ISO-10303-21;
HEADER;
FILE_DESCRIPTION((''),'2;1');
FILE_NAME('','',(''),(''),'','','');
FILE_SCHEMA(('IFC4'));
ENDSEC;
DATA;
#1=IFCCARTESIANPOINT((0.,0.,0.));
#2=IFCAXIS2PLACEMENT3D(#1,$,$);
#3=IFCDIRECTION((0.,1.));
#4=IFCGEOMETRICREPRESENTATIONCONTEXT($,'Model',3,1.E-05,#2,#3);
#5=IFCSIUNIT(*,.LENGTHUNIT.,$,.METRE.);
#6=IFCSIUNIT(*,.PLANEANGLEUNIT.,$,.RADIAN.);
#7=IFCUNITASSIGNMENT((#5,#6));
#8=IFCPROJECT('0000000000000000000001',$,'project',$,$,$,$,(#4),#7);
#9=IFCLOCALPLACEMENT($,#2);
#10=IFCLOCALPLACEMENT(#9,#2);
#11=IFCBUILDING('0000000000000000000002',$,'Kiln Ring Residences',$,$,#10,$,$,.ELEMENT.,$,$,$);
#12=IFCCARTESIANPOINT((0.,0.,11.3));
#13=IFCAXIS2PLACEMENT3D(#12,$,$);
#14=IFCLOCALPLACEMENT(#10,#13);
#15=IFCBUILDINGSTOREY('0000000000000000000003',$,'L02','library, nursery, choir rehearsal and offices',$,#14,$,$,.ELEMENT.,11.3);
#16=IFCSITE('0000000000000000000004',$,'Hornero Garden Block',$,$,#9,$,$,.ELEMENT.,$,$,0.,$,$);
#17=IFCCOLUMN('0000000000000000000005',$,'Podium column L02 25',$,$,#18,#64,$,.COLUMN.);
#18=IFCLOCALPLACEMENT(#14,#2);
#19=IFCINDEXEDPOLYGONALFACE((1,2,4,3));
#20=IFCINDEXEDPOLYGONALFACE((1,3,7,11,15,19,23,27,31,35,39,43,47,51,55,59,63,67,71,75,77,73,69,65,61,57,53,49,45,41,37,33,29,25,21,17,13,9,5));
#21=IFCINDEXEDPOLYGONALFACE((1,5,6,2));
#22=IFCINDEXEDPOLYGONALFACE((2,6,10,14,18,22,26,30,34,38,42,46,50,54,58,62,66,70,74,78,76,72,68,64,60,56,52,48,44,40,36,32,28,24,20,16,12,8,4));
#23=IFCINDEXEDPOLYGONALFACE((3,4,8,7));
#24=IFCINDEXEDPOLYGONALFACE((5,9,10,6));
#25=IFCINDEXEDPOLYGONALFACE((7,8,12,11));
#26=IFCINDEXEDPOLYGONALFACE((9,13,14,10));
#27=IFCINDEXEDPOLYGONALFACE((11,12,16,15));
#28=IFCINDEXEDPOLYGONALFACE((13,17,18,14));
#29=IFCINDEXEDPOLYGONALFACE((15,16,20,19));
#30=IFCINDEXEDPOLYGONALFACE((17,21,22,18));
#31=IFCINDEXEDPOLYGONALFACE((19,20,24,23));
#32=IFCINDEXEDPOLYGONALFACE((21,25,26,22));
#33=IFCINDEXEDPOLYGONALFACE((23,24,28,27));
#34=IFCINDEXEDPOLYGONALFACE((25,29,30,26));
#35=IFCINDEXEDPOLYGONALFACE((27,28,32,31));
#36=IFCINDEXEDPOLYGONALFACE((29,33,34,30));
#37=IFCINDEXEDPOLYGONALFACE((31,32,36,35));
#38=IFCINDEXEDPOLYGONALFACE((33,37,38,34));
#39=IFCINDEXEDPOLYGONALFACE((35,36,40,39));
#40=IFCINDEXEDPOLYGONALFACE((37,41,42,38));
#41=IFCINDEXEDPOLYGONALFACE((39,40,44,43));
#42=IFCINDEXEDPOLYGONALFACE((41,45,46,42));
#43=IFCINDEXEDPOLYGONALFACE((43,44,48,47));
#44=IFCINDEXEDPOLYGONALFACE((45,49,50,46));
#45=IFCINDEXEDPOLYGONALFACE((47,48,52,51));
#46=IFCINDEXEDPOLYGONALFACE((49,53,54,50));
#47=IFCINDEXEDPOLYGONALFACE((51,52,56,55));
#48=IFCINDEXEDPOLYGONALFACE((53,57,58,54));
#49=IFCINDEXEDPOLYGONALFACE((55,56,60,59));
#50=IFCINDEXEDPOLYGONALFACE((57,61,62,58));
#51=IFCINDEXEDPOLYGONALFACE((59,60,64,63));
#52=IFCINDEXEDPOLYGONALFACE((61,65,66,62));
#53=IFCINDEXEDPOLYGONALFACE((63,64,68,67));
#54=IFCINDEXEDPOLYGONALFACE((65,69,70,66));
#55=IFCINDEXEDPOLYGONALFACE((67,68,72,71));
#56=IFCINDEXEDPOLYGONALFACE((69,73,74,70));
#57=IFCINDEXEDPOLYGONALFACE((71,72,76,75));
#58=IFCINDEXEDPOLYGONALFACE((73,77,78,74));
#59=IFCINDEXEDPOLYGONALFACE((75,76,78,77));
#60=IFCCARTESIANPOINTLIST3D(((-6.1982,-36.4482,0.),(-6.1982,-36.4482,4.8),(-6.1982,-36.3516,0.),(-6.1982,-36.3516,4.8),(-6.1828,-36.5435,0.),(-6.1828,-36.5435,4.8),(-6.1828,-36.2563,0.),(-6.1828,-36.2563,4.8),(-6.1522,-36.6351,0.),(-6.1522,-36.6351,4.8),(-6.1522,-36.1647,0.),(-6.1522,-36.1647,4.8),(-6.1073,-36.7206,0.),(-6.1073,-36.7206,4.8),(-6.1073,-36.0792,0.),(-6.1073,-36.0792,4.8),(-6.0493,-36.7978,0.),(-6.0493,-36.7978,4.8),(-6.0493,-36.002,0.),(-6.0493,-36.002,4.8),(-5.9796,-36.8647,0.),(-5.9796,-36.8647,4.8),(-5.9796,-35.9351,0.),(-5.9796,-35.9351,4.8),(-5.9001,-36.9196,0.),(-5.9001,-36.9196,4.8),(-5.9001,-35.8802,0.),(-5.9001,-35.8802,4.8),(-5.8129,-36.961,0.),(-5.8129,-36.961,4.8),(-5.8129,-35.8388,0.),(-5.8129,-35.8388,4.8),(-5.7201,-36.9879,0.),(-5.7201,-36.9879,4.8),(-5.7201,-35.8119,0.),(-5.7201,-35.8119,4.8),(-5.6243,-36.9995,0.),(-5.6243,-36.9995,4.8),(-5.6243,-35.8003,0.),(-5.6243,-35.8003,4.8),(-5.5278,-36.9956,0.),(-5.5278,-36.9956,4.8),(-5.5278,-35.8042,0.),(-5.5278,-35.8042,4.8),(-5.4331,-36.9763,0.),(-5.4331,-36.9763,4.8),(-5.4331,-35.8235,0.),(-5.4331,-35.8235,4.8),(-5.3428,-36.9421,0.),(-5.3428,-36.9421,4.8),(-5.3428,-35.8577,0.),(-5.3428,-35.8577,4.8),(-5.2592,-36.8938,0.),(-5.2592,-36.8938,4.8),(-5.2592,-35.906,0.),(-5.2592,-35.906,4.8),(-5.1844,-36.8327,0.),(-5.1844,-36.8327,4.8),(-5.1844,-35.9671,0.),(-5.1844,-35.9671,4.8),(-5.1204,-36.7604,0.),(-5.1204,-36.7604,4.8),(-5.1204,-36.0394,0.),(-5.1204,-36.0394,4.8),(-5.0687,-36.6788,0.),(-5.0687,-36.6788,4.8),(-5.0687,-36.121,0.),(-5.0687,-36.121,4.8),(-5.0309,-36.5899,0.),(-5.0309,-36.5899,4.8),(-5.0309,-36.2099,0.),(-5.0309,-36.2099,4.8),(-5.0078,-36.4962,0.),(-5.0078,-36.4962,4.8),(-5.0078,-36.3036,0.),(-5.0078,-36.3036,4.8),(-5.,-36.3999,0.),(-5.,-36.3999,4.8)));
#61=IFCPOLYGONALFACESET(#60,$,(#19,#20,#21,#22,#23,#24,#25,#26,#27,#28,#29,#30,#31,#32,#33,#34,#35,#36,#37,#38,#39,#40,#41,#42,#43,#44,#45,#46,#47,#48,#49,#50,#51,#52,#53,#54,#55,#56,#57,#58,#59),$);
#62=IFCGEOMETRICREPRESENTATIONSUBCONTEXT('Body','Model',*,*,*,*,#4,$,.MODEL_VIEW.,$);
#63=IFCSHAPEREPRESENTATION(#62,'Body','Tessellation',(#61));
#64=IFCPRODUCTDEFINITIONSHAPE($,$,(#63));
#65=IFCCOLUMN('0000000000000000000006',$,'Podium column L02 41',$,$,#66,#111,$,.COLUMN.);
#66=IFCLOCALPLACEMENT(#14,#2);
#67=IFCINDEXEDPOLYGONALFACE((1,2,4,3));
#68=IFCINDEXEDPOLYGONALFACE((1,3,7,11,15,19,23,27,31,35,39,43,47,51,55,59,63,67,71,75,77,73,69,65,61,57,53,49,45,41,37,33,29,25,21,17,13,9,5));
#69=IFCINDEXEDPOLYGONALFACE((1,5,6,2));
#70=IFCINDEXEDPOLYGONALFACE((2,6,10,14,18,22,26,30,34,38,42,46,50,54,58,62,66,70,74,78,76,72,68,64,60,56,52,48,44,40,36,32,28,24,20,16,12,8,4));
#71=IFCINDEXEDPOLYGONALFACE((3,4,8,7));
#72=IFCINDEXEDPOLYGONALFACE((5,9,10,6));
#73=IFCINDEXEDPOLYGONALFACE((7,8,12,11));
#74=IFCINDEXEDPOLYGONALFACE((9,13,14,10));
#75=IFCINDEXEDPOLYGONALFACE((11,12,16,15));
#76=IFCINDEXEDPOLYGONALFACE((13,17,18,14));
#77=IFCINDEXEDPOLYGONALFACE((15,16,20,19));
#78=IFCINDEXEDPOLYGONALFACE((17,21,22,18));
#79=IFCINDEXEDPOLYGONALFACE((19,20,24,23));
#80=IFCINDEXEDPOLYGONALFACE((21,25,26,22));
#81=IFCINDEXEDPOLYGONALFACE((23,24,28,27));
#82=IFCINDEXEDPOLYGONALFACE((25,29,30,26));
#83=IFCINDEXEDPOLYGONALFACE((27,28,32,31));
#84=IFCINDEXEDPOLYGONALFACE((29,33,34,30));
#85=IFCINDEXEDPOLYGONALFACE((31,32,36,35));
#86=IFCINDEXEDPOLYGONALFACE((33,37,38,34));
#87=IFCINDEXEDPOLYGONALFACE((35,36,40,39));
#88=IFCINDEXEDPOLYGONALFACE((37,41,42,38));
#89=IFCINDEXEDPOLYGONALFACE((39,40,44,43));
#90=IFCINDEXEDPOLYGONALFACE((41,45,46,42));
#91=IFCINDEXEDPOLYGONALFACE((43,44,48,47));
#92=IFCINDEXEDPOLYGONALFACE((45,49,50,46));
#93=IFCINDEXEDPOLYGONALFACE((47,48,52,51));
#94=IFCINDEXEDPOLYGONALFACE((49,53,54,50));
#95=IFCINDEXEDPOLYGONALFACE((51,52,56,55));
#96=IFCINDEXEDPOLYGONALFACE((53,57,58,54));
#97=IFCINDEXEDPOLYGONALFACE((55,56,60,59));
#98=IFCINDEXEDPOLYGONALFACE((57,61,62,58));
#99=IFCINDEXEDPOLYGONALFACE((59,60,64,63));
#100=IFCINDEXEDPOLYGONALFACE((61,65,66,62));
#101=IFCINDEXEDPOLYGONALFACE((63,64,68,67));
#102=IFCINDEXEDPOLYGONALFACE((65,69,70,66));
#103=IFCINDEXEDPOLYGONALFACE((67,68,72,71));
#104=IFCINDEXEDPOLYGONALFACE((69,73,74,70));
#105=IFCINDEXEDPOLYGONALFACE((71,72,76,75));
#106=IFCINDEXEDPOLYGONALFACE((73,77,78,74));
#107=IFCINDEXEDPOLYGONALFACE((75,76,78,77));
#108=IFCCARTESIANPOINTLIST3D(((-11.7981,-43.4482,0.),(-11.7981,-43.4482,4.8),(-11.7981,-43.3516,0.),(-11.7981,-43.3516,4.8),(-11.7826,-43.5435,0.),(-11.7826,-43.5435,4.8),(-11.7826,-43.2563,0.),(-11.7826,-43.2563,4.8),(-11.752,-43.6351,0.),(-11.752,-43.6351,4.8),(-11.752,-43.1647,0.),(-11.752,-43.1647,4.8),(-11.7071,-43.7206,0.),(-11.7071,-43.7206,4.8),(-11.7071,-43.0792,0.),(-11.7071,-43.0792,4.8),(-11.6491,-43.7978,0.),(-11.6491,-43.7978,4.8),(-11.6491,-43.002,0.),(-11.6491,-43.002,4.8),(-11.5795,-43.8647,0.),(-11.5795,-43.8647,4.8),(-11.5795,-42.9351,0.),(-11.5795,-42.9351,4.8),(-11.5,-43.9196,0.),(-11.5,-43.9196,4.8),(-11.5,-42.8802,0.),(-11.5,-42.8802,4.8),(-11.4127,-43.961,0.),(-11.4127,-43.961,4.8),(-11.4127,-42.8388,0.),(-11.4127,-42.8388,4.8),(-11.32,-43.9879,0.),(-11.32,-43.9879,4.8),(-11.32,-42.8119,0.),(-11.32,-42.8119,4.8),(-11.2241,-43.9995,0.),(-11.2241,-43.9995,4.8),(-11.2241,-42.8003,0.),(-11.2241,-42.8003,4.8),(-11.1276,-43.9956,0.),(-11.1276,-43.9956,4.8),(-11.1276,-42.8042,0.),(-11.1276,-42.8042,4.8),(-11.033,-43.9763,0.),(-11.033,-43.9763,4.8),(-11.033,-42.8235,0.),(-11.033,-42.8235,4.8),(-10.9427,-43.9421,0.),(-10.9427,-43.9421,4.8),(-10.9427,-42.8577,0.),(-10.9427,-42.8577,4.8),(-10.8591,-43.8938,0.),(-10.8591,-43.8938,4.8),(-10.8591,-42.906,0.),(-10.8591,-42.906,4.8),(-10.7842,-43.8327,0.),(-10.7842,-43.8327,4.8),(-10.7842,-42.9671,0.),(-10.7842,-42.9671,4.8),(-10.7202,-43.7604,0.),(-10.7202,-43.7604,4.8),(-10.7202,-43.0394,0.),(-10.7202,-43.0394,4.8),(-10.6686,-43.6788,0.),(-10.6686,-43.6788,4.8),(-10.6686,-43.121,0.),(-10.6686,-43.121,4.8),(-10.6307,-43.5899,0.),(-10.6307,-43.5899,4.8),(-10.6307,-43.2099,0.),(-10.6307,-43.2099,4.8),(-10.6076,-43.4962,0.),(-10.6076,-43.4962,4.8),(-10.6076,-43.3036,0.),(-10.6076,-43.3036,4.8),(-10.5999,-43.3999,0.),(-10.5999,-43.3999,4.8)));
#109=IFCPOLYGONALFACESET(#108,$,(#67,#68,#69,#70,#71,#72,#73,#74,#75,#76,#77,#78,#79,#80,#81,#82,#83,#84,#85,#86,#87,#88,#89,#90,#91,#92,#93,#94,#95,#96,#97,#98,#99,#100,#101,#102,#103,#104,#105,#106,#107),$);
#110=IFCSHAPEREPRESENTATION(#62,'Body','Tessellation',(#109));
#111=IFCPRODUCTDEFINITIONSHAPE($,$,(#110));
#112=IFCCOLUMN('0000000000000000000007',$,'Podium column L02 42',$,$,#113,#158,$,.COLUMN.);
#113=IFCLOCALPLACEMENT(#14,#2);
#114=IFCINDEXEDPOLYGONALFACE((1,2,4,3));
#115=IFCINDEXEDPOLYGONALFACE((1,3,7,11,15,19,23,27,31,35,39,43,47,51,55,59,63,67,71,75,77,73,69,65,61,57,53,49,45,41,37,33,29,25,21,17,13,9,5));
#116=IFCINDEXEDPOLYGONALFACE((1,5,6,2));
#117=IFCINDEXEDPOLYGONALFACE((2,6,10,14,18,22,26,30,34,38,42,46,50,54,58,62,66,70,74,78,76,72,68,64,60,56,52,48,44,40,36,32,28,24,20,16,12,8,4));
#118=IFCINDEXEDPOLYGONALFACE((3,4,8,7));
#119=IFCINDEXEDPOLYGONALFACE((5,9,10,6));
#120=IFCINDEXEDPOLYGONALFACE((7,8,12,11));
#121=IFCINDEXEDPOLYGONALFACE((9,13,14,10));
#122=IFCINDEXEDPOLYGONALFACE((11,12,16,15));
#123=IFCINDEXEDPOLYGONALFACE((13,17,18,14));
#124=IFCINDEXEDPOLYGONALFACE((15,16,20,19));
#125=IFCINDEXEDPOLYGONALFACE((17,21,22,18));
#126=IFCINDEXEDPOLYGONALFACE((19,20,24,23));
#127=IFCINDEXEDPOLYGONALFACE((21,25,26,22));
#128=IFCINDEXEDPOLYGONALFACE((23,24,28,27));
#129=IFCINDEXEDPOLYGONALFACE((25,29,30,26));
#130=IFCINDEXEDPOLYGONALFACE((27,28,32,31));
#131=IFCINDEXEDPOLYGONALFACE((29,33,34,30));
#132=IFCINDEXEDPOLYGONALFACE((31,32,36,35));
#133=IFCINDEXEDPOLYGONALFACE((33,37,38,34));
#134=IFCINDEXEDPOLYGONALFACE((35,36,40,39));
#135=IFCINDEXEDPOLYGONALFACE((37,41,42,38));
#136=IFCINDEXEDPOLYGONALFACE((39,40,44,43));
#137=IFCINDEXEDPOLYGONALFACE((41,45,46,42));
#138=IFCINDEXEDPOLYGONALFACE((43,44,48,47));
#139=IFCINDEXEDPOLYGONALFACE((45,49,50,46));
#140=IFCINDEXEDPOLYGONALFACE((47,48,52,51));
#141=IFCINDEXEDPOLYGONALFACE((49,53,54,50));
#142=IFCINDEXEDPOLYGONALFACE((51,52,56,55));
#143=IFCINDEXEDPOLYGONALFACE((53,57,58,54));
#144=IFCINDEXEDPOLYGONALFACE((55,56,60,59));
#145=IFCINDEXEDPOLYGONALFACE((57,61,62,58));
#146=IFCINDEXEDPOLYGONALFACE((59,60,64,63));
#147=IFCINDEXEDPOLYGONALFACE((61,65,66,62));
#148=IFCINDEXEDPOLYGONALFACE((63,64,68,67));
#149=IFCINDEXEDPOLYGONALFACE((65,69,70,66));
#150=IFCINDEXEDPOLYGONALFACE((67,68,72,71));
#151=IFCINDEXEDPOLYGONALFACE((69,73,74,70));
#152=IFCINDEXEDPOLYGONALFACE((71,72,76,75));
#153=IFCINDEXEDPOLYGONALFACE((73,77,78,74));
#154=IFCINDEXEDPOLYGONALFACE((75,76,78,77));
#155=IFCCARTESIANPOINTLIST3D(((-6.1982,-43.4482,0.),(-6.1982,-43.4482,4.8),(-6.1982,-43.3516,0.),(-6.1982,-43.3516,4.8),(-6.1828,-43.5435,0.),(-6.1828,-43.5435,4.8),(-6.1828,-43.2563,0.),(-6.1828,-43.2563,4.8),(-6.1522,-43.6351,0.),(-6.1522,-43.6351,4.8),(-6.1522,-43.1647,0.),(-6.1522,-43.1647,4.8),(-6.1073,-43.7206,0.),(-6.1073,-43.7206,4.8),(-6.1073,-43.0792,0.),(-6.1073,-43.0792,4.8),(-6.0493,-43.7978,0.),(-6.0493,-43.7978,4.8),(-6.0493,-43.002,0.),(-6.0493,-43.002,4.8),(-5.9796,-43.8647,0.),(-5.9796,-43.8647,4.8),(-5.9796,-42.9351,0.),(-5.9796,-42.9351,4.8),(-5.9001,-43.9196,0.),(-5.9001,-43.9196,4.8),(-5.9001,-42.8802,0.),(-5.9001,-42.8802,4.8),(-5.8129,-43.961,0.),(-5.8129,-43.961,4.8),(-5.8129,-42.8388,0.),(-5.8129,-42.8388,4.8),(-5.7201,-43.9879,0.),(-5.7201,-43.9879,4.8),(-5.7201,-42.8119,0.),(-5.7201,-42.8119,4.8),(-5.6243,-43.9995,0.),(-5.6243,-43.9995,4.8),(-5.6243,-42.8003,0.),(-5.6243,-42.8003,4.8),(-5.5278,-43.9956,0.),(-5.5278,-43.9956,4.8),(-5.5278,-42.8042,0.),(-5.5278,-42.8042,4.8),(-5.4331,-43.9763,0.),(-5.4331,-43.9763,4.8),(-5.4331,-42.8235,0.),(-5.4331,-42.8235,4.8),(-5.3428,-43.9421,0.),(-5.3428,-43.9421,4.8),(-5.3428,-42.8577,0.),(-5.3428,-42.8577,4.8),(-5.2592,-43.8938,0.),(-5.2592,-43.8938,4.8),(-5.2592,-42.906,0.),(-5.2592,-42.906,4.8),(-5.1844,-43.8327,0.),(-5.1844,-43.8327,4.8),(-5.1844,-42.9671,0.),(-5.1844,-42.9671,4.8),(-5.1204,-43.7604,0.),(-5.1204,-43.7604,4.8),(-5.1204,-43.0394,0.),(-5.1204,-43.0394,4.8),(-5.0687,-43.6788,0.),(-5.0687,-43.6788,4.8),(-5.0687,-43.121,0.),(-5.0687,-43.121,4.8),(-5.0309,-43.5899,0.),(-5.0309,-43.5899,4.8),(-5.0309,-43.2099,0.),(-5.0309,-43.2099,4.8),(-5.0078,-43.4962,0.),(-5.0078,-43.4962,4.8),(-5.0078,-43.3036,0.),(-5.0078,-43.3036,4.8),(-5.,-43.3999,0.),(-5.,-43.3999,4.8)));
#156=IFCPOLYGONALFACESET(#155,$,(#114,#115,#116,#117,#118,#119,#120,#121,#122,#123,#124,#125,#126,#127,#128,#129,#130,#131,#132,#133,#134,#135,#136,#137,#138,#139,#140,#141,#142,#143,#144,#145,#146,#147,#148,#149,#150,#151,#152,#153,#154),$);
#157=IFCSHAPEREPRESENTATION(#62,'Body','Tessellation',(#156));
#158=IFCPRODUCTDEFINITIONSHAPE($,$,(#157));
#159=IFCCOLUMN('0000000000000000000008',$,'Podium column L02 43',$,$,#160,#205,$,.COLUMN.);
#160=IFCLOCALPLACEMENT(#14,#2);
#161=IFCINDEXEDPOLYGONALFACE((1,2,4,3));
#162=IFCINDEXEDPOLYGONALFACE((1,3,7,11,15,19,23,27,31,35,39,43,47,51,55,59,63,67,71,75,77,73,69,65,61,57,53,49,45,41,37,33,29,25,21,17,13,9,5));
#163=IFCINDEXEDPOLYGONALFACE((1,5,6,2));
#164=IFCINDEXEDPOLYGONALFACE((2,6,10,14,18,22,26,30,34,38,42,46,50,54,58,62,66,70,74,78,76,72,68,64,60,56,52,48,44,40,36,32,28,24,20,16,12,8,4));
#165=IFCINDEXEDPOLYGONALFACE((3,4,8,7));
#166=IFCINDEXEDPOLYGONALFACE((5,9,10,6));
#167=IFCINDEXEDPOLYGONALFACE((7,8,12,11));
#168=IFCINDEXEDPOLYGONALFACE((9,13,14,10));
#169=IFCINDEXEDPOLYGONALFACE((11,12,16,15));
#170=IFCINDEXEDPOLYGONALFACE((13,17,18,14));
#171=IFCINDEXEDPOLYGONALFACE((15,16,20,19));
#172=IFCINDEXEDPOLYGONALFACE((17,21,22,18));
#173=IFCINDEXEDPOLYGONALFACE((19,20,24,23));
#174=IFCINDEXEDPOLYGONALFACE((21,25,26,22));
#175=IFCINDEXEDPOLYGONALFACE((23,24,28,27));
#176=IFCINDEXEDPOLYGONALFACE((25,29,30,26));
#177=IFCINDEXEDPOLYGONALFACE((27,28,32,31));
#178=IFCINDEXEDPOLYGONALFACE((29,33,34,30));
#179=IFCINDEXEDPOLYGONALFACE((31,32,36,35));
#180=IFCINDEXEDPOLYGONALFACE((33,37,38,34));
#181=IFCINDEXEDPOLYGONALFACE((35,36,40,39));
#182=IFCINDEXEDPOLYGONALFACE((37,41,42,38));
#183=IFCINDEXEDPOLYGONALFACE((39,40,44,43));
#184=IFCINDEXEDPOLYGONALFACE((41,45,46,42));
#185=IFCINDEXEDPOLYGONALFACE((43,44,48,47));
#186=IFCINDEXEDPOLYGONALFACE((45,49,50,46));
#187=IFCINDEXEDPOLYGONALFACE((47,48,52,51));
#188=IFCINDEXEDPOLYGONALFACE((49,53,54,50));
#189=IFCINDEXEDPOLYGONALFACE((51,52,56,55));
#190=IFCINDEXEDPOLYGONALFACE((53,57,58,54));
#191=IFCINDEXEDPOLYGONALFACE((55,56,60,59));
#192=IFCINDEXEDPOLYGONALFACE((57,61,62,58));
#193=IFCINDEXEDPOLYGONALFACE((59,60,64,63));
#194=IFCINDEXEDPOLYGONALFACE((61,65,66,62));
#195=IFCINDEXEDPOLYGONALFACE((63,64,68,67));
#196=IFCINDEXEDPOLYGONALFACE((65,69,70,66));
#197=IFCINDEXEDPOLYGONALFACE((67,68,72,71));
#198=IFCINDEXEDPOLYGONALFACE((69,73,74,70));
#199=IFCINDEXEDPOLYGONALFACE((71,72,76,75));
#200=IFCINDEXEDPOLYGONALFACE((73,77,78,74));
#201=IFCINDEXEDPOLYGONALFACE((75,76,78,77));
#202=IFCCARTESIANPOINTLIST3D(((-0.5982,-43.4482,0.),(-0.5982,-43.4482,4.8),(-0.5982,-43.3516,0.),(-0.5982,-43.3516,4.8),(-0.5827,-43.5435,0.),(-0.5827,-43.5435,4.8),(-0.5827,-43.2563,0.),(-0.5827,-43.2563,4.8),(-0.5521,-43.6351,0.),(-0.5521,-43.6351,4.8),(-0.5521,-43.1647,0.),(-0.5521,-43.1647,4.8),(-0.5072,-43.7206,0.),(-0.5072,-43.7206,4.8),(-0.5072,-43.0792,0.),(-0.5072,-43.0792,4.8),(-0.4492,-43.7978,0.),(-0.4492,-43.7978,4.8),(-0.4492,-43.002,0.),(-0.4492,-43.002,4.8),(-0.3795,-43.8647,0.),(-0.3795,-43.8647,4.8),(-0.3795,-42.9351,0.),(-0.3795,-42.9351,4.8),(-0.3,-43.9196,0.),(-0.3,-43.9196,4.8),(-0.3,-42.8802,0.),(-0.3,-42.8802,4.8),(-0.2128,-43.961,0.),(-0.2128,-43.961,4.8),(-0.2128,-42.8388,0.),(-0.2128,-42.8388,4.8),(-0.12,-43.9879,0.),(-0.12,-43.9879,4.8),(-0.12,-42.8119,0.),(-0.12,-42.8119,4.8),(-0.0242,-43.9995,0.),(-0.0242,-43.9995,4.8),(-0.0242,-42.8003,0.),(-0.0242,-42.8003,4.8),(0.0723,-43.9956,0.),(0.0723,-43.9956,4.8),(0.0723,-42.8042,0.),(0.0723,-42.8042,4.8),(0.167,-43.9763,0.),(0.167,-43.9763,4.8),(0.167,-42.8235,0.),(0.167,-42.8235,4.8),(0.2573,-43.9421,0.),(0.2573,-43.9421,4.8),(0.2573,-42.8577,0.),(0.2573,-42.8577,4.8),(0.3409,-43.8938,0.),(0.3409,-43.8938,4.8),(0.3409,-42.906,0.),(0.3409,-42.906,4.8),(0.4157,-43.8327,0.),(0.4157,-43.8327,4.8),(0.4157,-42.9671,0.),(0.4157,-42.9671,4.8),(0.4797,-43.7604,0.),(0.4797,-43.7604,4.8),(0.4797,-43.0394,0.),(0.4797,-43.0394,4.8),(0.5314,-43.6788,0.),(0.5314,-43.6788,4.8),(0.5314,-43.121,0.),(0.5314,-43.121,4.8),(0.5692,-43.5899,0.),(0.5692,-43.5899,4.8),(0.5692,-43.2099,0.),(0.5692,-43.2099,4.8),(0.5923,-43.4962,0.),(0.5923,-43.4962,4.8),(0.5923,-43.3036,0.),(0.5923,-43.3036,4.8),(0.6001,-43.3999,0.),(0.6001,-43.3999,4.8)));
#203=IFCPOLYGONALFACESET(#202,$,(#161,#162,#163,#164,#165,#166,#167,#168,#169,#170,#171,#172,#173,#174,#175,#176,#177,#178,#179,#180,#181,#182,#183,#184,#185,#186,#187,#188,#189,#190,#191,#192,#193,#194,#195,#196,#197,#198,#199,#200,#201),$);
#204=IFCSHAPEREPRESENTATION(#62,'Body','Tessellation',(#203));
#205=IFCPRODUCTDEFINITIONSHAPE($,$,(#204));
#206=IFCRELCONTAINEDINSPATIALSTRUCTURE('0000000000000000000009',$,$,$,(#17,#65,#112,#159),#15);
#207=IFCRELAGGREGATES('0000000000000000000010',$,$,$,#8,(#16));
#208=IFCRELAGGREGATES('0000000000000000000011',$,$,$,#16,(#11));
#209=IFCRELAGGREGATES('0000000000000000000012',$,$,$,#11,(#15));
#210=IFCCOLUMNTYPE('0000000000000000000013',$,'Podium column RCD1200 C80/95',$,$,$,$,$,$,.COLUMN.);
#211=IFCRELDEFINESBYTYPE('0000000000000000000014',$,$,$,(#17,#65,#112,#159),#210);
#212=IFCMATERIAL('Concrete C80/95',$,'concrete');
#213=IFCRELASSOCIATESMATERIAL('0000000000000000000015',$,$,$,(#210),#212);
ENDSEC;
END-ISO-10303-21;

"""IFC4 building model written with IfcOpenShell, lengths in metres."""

from ifc_helpers import new_model, si_unit, direction, frame, origin, origin_2d, place, context, subcontext, project, spatial, circle, extrude, material, material_profile, profile_set, type_object, element, save


model = new_model("IFC4")

# Units and contexts
model_context = context("Model", 3, precision=1e-05, world=origin(), true_north=direction((0.0, 1.0)))
body_context = subcontext(model_context, "Body", "Model", "MODEL_VIEW")
ifc_project = project(units=[si_unit("LENGTHUNIT", "METRE"), si_unit("PLANEANGLEUNIT", "RADIAN")], contexts=[model_context])

# Site, building, storey
site_placement = place(None, origin())
site = spatial("IfcSite", under=ifc_project, at=site_placement, Name="Hornero Garden Block", CompositionType="ELEMENT", RefElevation=0.0)
building_placement = place(site_placement, origin())
building = spatial("IfcBuilding", under=site, at=building_placement, Name="Kiln Ring Residences", CompositionType="ELEMENT")
storey_placement = place(building_placement, frame((0.0, 0.0, 11.3)))
storey = spatial("IfcBuildingStorey", under=building, at=storey_placement, Name="L02", Description="library, nursery, choir rehearsal and offices", CompositionType="ELEMENT", Elevation=11.3)

# Columns
ifc_material_1 = material(Name="Concrete C80/95", Category="concrete")
ifc_material_profile_1 = material_profile(ifc_material_1, circle(Radius=0.6001, at=origin_2d()), Name="RCD1200")
ifc_profile_set_1 = profile_set([ifc_material_profile_1], Name="Concrete C80/95")
column_type_1 = type_object("IfcColumnType", Name="Podium column RCD1200 C80/95", PredefinedType="COLUMN", material=ifc_profile_set_1)
for number, where, z_axis, x_axis, name in (
    (1, (-5.6001, -36.3999, 0.0), (0.0, 0.0, 1.0), (1.0, 0.0, 0.0), "Podium column L02 25"),
    (2, (-11.2, -43.3999, 0.0), (0.0, 0.0, 1.0), (1.0, 0.0, 0.0), "Podium column L02 41"),
    (3, (-5.6001, -43.3999, 0.0), (0.0, 0.0, 1.0), (1.0, 0.0, 0.0), "Podium column L02 42"),
    (4, (0.0, -43.3999, 0.0), (0.0, 0.0, 1.0), (1.0, 0.0, 0.0), "Podium column L02 43"),
):
    element("IfcColumn", number, at=place(storey_placement, frame(where, z_axis=z_axis, x_axis=x_axis)), inside=storey, type_object=column_type_1, Name=name, PredefinedType="COLUMN", context=body_context, shape_type="SweptSolid", body=[
        extrude(circle(Radius=0.6001, at=origin_2d()), origin(), (0.0, 0.0, 1.0), 4.8),
    ])

save(model, "model.ifc")
